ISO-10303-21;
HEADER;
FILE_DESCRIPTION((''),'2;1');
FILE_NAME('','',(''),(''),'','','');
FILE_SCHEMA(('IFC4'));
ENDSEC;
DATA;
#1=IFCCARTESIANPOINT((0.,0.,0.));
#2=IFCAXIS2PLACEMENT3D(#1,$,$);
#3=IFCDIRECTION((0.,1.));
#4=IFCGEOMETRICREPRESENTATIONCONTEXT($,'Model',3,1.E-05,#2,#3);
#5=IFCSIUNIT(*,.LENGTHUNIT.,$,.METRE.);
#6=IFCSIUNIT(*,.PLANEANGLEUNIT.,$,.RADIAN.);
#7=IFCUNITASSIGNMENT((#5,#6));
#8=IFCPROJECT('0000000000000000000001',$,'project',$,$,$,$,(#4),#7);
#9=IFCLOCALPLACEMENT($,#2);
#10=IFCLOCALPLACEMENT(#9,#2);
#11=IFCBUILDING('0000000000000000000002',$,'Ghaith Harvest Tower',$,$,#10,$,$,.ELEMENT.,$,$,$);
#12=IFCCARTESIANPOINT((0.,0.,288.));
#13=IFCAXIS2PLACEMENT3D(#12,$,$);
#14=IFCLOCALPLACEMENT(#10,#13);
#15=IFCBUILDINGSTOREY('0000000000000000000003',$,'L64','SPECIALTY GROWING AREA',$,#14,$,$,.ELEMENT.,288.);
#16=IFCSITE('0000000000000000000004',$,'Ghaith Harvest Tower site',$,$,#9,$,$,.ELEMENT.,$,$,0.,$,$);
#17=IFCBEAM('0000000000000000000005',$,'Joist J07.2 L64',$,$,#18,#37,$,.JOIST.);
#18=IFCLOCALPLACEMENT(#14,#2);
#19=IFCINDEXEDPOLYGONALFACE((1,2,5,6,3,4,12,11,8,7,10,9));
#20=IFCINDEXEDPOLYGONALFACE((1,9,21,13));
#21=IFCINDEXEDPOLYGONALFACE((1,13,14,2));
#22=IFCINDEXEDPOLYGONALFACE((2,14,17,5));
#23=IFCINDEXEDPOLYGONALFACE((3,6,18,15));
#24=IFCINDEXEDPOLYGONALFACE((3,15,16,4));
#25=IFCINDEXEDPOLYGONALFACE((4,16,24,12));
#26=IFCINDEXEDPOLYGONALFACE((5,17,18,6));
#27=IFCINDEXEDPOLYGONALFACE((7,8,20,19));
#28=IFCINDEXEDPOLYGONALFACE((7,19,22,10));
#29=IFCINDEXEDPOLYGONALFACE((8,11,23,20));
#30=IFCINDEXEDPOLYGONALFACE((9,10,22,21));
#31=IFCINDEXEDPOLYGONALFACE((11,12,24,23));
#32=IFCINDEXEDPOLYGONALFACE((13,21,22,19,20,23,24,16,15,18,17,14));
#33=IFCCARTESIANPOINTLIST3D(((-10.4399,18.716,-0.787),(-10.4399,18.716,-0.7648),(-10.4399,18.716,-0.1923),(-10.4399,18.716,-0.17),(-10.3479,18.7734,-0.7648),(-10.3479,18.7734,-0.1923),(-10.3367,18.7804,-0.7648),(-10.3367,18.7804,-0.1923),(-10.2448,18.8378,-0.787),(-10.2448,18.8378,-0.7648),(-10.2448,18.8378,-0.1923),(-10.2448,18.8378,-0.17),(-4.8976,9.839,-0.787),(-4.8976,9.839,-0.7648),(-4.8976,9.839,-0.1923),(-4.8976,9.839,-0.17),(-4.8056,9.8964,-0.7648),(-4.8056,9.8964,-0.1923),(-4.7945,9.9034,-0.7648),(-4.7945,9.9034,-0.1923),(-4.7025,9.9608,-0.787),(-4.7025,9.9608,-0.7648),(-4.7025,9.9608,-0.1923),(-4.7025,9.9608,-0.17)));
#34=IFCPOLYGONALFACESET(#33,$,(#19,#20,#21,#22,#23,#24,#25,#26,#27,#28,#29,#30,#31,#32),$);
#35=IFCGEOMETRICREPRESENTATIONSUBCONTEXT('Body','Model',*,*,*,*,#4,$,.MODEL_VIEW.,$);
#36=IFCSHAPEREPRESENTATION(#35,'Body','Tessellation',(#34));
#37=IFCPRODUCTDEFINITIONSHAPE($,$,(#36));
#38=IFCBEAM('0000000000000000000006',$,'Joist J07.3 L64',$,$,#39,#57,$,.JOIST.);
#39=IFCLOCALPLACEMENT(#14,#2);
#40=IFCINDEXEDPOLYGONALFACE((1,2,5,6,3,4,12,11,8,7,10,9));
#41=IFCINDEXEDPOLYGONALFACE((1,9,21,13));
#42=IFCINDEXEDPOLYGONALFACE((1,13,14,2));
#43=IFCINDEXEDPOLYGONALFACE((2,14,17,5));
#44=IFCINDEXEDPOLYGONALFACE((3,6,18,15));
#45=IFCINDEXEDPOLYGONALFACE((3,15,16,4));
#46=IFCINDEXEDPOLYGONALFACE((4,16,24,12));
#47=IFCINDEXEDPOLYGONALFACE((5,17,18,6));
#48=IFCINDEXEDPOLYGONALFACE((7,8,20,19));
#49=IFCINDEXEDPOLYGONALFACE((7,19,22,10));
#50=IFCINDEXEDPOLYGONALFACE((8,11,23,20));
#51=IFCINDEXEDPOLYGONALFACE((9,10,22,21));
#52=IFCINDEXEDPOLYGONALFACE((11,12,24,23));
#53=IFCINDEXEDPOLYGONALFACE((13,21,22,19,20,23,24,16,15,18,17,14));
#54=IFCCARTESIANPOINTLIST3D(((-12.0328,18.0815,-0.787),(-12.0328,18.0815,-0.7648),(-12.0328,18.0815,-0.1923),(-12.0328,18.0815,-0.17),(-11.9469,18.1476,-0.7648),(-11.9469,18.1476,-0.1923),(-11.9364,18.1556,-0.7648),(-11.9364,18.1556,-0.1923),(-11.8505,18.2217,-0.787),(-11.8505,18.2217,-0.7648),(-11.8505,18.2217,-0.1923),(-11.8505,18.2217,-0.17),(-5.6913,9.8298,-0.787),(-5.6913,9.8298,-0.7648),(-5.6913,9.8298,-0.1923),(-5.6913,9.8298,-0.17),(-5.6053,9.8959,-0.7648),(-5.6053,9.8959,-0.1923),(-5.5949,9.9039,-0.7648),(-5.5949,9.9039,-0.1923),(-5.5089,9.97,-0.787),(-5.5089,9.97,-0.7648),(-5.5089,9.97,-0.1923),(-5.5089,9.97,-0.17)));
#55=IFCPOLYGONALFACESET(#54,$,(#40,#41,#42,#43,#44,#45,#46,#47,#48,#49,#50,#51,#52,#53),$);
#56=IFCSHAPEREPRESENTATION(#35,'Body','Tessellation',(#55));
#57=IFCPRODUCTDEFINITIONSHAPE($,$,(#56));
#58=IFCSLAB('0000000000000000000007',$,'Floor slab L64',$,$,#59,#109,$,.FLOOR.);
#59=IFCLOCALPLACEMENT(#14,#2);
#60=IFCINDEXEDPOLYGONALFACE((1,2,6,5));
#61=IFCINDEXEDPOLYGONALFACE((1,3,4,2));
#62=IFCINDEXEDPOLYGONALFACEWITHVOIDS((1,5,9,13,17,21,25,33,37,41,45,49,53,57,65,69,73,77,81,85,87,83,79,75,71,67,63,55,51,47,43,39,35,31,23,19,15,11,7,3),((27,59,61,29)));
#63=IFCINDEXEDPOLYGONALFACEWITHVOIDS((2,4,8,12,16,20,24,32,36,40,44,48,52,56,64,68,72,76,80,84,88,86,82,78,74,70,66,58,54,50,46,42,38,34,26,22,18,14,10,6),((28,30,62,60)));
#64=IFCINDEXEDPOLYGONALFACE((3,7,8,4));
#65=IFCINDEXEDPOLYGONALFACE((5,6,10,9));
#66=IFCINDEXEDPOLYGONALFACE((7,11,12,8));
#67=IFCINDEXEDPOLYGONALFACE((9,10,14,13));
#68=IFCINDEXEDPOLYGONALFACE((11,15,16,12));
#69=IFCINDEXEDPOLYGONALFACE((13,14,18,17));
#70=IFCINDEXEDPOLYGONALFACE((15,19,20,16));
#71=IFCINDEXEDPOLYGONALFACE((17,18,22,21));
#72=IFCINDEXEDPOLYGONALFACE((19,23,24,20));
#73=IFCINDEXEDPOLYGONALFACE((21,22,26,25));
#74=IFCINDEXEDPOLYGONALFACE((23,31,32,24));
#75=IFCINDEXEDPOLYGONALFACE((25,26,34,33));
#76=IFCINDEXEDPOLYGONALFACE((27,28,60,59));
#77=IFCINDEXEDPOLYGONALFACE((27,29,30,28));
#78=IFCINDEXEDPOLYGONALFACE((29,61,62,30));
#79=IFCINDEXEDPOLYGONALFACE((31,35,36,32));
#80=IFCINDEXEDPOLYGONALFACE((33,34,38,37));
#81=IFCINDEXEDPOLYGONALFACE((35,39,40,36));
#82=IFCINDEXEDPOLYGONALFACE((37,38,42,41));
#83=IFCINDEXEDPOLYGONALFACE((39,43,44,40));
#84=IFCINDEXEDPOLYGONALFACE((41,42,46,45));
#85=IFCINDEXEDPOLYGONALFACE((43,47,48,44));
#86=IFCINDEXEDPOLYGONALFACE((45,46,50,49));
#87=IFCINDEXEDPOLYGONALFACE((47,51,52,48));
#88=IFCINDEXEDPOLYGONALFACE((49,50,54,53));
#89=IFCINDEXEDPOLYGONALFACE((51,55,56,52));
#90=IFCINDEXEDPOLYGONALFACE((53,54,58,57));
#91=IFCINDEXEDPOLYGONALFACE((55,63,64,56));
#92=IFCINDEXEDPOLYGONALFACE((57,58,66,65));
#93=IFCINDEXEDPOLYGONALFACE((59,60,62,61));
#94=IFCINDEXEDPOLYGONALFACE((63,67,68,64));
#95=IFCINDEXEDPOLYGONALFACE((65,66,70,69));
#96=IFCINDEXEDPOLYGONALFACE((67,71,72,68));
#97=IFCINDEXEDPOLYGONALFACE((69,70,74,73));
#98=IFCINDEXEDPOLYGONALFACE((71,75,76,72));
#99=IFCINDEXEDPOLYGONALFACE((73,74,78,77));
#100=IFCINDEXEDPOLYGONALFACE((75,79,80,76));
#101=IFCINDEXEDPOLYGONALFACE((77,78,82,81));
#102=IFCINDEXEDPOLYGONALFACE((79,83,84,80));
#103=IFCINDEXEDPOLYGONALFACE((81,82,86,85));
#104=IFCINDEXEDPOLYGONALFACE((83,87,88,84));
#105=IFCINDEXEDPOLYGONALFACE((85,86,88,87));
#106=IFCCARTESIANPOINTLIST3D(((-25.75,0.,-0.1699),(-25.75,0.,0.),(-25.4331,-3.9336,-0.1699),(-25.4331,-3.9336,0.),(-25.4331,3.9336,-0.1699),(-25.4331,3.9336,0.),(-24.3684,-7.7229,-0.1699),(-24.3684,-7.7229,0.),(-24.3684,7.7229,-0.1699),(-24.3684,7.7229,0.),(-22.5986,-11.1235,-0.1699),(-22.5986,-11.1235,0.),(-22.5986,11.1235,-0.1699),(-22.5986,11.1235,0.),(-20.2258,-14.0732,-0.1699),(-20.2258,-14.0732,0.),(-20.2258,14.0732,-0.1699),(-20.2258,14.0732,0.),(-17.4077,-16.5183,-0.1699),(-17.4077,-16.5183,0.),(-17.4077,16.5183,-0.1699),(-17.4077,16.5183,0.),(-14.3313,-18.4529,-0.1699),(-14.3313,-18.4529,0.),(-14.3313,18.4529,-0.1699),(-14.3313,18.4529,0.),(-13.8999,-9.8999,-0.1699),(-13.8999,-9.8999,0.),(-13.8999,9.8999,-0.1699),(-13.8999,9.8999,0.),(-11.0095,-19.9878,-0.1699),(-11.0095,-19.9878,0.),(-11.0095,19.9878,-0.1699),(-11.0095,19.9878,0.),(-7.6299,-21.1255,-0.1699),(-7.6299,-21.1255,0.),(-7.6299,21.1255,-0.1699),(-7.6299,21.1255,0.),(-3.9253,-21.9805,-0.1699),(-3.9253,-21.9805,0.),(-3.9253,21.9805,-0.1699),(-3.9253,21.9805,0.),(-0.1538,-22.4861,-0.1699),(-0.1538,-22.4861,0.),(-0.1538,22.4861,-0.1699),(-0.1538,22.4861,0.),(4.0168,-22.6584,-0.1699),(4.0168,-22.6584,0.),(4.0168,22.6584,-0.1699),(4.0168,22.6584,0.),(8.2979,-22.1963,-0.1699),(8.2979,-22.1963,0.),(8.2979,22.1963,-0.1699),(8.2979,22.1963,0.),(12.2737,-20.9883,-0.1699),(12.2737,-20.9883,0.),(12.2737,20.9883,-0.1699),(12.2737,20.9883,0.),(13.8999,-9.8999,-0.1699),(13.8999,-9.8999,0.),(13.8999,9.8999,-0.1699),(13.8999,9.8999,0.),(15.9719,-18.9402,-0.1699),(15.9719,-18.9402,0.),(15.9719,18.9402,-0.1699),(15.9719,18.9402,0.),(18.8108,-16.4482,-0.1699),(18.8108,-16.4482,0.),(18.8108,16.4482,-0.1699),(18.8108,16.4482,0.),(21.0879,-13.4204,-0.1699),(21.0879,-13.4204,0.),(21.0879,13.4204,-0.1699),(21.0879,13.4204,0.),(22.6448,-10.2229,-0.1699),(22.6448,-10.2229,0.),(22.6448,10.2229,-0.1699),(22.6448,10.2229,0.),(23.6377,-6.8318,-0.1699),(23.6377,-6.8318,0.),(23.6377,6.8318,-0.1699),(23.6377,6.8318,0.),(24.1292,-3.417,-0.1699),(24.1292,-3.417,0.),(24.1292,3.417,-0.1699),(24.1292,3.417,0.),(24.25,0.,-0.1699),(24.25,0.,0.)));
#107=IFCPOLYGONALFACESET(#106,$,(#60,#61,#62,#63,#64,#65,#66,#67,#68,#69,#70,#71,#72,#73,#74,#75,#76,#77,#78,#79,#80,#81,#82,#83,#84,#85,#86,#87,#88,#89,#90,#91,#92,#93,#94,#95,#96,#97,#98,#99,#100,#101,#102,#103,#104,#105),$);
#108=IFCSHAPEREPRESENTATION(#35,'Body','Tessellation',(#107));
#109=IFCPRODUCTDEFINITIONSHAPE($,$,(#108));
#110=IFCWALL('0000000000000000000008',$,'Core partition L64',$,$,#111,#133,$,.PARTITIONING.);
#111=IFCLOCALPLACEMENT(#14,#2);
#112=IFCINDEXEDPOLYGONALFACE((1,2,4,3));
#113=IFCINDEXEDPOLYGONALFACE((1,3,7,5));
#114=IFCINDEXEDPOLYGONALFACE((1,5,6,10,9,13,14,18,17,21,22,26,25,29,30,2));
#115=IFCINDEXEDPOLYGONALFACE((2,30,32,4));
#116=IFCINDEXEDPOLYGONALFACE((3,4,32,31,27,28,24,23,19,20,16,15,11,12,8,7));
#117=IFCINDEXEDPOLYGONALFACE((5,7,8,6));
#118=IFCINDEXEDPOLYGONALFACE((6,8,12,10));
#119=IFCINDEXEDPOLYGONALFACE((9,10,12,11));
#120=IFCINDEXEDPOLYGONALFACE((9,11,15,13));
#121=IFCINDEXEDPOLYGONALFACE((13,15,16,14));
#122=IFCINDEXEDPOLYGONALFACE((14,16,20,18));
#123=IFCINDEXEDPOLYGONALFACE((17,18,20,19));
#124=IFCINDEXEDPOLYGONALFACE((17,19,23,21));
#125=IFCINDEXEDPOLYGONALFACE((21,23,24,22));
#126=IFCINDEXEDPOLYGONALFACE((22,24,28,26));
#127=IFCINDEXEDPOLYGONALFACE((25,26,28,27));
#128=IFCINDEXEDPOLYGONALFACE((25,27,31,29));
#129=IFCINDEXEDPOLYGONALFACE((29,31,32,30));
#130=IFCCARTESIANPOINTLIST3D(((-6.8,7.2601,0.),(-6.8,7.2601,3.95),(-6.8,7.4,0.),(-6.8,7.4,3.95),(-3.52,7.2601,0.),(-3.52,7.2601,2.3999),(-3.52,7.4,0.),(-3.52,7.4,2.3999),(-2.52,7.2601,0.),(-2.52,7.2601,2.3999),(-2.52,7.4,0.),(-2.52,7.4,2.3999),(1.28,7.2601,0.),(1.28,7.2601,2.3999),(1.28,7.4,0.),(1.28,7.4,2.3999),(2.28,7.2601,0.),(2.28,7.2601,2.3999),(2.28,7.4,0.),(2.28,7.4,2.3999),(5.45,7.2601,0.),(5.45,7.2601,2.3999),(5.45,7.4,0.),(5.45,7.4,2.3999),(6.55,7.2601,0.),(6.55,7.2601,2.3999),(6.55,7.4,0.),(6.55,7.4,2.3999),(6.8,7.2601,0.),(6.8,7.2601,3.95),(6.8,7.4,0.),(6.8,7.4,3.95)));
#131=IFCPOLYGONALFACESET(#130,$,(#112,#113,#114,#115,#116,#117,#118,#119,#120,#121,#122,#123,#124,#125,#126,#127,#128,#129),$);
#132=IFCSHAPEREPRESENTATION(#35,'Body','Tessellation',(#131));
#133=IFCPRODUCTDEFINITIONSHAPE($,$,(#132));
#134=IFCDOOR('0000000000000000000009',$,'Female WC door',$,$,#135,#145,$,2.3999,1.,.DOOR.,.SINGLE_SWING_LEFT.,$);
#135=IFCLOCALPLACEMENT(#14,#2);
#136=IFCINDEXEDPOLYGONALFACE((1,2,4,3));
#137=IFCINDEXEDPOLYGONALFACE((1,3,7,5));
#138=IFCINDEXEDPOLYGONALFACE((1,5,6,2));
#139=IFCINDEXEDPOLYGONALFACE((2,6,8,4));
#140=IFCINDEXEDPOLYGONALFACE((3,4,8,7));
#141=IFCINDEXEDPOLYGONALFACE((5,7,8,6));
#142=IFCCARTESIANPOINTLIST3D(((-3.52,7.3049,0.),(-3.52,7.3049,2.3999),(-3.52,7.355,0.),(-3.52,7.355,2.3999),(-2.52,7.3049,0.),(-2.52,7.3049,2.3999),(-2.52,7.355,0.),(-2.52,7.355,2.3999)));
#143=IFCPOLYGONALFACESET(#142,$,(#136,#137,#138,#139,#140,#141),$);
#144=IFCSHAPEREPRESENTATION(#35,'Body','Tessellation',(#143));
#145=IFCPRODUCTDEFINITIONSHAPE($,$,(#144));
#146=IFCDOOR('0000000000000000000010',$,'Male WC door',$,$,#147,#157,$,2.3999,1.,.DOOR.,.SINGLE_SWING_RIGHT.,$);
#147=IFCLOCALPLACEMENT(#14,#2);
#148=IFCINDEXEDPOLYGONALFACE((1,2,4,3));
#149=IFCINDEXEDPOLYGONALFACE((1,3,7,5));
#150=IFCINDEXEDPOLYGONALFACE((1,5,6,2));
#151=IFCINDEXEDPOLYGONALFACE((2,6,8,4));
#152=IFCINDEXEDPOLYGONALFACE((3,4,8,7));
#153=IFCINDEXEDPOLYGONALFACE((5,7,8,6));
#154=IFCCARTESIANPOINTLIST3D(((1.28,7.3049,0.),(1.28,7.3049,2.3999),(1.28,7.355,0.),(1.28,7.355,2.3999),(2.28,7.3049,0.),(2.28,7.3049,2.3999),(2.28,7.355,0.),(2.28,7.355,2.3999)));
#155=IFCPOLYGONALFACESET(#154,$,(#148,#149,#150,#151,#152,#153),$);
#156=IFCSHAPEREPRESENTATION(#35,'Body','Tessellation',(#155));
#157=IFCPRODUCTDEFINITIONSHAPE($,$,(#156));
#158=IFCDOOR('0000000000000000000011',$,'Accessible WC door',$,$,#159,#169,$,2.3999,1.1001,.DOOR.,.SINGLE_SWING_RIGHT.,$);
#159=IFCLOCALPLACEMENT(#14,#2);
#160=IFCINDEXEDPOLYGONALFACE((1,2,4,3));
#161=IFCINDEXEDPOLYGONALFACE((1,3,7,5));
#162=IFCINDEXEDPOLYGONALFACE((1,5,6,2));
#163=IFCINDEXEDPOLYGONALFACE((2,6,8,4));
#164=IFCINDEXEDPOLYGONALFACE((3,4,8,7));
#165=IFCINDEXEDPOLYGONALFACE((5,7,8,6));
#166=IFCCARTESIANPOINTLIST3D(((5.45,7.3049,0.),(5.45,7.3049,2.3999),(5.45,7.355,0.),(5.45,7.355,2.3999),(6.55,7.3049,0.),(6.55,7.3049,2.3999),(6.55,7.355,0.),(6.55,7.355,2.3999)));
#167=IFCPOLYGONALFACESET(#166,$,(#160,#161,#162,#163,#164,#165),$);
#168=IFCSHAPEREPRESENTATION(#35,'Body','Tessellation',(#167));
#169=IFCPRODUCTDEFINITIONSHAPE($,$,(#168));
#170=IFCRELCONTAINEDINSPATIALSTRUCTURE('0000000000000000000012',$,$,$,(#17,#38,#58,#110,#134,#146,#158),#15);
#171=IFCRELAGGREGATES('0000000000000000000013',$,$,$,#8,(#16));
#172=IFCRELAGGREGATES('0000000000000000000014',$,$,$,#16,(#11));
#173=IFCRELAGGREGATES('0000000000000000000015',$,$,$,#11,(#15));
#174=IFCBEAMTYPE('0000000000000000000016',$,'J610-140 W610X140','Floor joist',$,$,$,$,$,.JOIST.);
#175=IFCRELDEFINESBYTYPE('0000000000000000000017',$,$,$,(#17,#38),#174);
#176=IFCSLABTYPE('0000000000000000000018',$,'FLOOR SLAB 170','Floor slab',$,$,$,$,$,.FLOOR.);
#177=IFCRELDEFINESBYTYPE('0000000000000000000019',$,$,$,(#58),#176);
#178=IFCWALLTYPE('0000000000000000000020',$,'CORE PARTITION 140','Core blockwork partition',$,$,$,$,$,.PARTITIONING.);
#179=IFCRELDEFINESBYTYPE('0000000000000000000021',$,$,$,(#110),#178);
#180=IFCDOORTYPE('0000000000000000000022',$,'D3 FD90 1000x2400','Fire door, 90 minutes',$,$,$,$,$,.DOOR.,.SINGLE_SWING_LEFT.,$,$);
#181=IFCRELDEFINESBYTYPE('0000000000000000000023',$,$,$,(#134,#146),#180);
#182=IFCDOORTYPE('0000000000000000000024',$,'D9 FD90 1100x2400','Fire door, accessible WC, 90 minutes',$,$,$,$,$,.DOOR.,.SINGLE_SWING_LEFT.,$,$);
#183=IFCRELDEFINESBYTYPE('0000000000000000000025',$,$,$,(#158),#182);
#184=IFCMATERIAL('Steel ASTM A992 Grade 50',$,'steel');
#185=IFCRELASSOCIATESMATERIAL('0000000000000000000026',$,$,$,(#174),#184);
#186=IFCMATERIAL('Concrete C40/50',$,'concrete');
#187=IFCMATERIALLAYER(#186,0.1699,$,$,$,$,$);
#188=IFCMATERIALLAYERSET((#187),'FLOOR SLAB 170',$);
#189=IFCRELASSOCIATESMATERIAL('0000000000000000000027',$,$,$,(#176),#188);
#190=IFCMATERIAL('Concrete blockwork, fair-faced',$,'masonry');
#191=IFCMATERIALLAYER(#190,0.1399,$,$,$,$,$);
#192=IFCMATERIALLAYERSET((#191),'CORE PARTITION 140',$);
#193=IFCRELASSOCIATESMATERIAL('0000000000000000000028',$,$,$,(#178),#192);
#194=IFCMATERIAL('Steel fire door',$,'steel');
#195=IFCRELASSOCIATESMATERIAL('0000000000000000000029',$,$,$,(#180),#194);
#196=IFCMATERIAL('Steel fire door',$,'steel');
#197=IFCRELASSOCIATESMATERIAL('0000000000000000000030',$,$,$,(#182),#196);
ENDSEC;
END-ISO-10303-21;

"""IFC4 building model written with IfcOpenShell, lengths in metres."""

from ifc_helpers import new_model, si_unit, direction, frame, frame_2d, origin, origin_2d, place, context, subcontext, project, spatial, polyline, rectangle, i_section, outline, extrude, material, layer, layer_set, material_profile, profile_set, type_object, element, fill, save


model = new_model("IFC4")

# Units and contexts
model_context = context("Model", 3, precision=1e-05, world=origin(), true_north=direction((0.0, 1.0)))
body_context = subcontext(model_context, "Body", "Model", "MODEL_VIEW")
ifc_project = project(units=[si_unit("LENGTHUNIT", "METRE"), si_unit("PLANEANGLEUNIT", "RADIAN")], contexts=[model_context])

# Site, building, storey
site_placement = place(None, origin())
site = spatial("IfcSite", under=ifc_project, at=site_placement, Name="Ghaith Harvest Tower site", CompositionType="ELEMENT", RefElevation=0.0)
building_placement = place(site_placement, origin())
building = spatial("IfcBuilding", under=site, at=building_placement, Name="Ghaith Harvest Tower", CompositionType="ELEMENT")
storey_placement = place(building_placement, frame((0.0, 0.0, 288.0)))
storey = spatial("IfcBuildingStorey", under=building, at=storey_placement, Name="L64", Description="SPECIALTY GROWING AREA", CompositionType="ELEMENT", Elevation=288.0)

# Beams
ifc_material_1 = material(Name="Steel ASTM A992 Grade 50", Category="steel")
ifc_material_profile_1 = material_profile(ifc_material_1, i_section(OverallWidth=0.23, OverallDepth=0.6169, WebThickness=0.0132, FlangeThickness=0.0222, at=origin_2d()), Name="W610X140")
ifc_profile_set_1 = profile_set([ifc_material_profile_1], Name="Steel ASTM A992 Grade 50")
beam_type_1 = type_object("IfcBeamType", Name="J610-140 W610X140", Description="Floor joist", PredefinedType="JOIST", material=ifc_profile_set_1)
beam_1_placement = place(storey_placement, frame((-4.8, 9.8999, -0.4785), z_axis=(-0.529596, 0.84825, 0.0), x_axis=(-0.84825, -0.529596, 0.0)))
element("IfcBeam", 1, at=beam_1_placement, inside=storey, type_object=beam_type_1, Name="Joist J07.2 L64", PredefinedType="JOIST", context=body_context, shape_type="SweptSolid", body=[
    extrude(i_section(OverallWidth=0.23, OverallDepth=0.6169, WebThickness=0.0132, FlangeThickness=0.0222, at=origin_2d()), origin(), (0.0, 0.0, 1.0), 10.4651),
])
beam_2_placement = place(storey_placement, frame((-5.6001, 9.8999, -0.4785), z_axis=(-0.609354, 0.792899, 0.0), x_axis=(-0.792899, -0.609354, 0.0)))
element("IfcBeam", 2, at=beam_2_placement, inside=storey, type_object=beam_type_1, Name="Joist J07.3 L64", PredefinedType="JOIST", context=body_context, shape_type="SweptSolid", body=[
    extrude(i_section(OverallWidth=0.23, OverallDepth=0.6169, WebThickness=0.0132, FlangeThickness=0.0222, at=origin_2d()), origin(), (0.0, 0.0, 1.0), 10.407),
])

# Slab
ifc_material_2 = material(Name="Concrete C40/50", Category="concrete")
ifc_layer_1 = layer(ifc_material_2, 0.1699)
ifc_layer_set_1 = layer_set([ifc_layer_1], Name="FLOOR SLAB 170")
slab_type = type_object("IfcSlabType", Name="FLOOR SLAB 170", Description="Floor slab", PredefinedType="FLOOR", material=ifc_layer_set_1)
slab_placement = place(storey_placement, frame((0.0, 0.0, -0.1699)))
element("IfcSlab", 3, at=slab_placement, inside=storey, type_object=slab_type, Name="Floor slab L64", PredefinedType="FLOOR", context=body_context, shape_type="SweptSolid", body=[
    extrude(outline(polyline([(24.25, 0.0), (24.1292, 3.417), (23.6377, 6.8318), (22.6448, 10.2229), (21.0879, 13.4204), (18.8108, 16.4482), (15.9719, 18.9402), (12.2737, 20.9883), (8.2979, 22.1963), (4.0168, 22.6584), (-0.1538, 22.4861), (-3.9253, 21.9805), (-7.6299, 21.1255), (-11.0095, 19.9878), (-14.3313, 18.4529), (-17.4077, 16.5183), (-20.2258, 14.0732), (-22.5986, 11.1235), (-24.3684, 7.7229), (-25.4331, 3.9336), (-25.75, 0.0), (-25.4331, -3.9336), (-24.3684, -7.7229), (-22.5986, -11.1235), (-20.2258, -14.0732), (-17.4077, -16.5183), (-14.3313, -18.4529), (-11.0095, -19.9878), (-7.6299, -21.1255), (-3.9253, -21.9805), (-0.1538, -22.4861), (4.0168, -22.6584), (8.2979, -22.1963), (12.2737, -20.9883), (15.9719, -18.9402), (18.8108, -16.4482), (21.0879, -13.4204), (22.6448, -10.2229), (23.6377, -6.8318), (24.1292, -3.417), (24.25, 0.0)]), holes=[polyline([(-13.8999, -9.8999), (13.8999, -9.8999), (13.8999, 9.8999), (-13.8999, 9.8999), (-13.8999, -9.8999)])]), origin(), (0.0, 0.0, 1.0), 0.1699),
])

# Wall, openings, doors
ifc_material_3 = material(Name="Concrete blockwork, fair-faced", Category="masonry")
ifc_layer_2 = layer(ifc_material_3, 0.1399)
ifc_layer_set_2 = layer_set([ifc_layer_2], Name="CORE PARTITION 140")
wall_type_1 = type_object("IfcWallType", Name="CORE PARTITION 140", Description="Core blockwork partition", PredefinedType="PARTITIONING", material=ifc_layer_set_2)
wall_1_placement = place(storey_placement, frame((-6.8, 7.3301, 0.0), z_axis=(0.0, 0.0, 1.0), x_axis=(1.0, 0.0, 0.0)))
wall_1 = element("IfcWall", 4, at=wall_1_placement, inside=storey, type_object=wall_type_1, Name="Core partition L64", PredefinedType="PARTITIONING", context=body_context, shape_type="SweptSolid", body=[
    extrude(rectangle(XDim=13.6001, YDim=0.1399, at=frame_2d((6.8, 0.0))), origin(), (0.0, 0.0, 1.0), 3.95),
])
opening_1_placement = place(wall_1_placement, frame((3.28, 0.0, 0.0)))
opening_1 = element("IfcOpeningElement", 5, at=opening_1_placement, cuts=wall_1, PredefinedType="OPENING", context=body_context, shape_type="SweptSolid", body=[
    extrude(rectangle(XDim=1.0, YDim=2.3999, at=frame_2d((0.5, 1.2))), frame((0.0, 0.0801, 0.0), z_axis=(0.0, -1.0, 0.0), x_axis=(1.0, 0.0, 0.0)), (0.0, 0.0, 1.0), 0.1599),
])
opening_2_placement = place(wall_1_placement, frame((8.0801, 0.0, 0.0)))
opening_2 = element("IfcOpeningElement", 6, at=opening_2_placement, cuts=wall_1, PredefinedType="OPENING", context=body_context, shape_type="SweptSolid", body=[
    extrude(rectangle(XDim=1.0, YDim=2.3999, at=frame_2d((0.5, 1.2))), frame((0.0, 0.0801, 0.0), z_axis=(0.0, -1.0, 0.0), x_axis=(1.0, 0.0, 0.0)), (0.0, 0.0, 1.0), 0.1599),
])
opening_3_placement = place(wall_1_placement, frame((12.25, 0.0, 0.0)))
opening_3 = element("IfcOpeningElement", 7, at=opening_3_placement, cuts=wall_1, PredefinedType="OPENING", context=body_context, shape_type="SweptSolid", body=[
    extrude(rectangle(XDim=1.1001, YDim=2.3999, at=frame_2d((0.55, 1.2))), frame((0.0, 0.0801, 0.0), z_axis=(0.0, -1.0, 0.0), x_axis=(1.0, 0.0, 0.0)), (0.0, 0.0, 1.0), 0.1599),
])
ifc_material_4 = material(Name="Steel fire door", Category="steel")
door_type_1 = type_object("IfcDoorType", Name="D3 FD90 1000x2400", Description="Fire door, 90 minutes", OperationType="SINGLE_SWING_LEFT", PredefinedType="DOOR", material=ifc_material_4)
door_1_placement = place(opening_1_placement, origin())
door_1 = element("IfcDoor", 8, at=door_1_placement, inside=storey, type_object=door_type_1, Name="Female WC door", OperationType="SINGLE_SWING_LEFT", OverallHeight=2.3999, OverallWidth=1.0, PredefinedType="DOOR", context=body_context, shape_type="SweptSolid", body=[
    extrude(rectangle(XDim=1.0, YDim=2.3999, at=frame_2d((0.5, 1.2))), frame((0.0, 0.0249, 0.0), z_axis=(0.0, -1.0, 0.0), x_axis=(1.0, 0.0, 0.0)), (0.0, 0.0, 1.0), 0.05),
])
fill(opening_1, door_1)
door_2_placement = place(opening_2_placement, origin())
door_2 = element("IfcDoor", 9, at=door_2_placement, inside=storey, type_object=door_type_1, Name="Male WC door", OperationType="SINGLE_SWING_RIGHT", OverallHeight=2.3999, OverallWidth=1.0, PredefinedType="DOOR", context=body_context, shape_type="SweptSolid", body=[
    extrude(rectangle(XDim=1.0, YDim=2.3999, at=frame_2d((0.5, 1.2))), frame((0.0, 0.0249, 0.0), z_axis=(0.0, -1.0, 0.0), x_axis=(1.0, 0.0, 0.0)), (0.0, 0.0, 1.0), 0.05),
])
fill(opening_2, door_2)
ifc_material_5 = material(Name="Steel fire door", Category="steel")
door_type_2 = type_object("IfcDoorType", Name="D9 FD90 1100x2400", Description="Fire door, accessible WC, 90 minutes", OperationType="SINGLE_SWING_LEFT", PredefinedType="DOOR", material=ifc_material_5)
door_3_placement = place(opening_3_placement, origin())
door_3 = element("IfcDoor", 10, at=door_3_placement, inside=storey, type_object=door_type_2, Name="Accessible WC door", OperationType="SINGLE_SWING_RIGHT", OverallHeight=2.3999, OverallWidth=1.1001, PredefinedType="DOOR", context=body_context, shape_type="SweptSolid", body=[
    extrude(rectangle(XDim=1.1001, YDim=2.3999, at=frame_2d((0.55, 1.2))), frame((0.0, 0.0249, 0.0), z_axis=(0.0, -1.0, 0.0), x_axis=(1.0, 0.0, 0.0)), (0.0, 0.0, 1.0), 0.05),
])
fill(opening_3, door_3)

save(model, "model.ifc")
